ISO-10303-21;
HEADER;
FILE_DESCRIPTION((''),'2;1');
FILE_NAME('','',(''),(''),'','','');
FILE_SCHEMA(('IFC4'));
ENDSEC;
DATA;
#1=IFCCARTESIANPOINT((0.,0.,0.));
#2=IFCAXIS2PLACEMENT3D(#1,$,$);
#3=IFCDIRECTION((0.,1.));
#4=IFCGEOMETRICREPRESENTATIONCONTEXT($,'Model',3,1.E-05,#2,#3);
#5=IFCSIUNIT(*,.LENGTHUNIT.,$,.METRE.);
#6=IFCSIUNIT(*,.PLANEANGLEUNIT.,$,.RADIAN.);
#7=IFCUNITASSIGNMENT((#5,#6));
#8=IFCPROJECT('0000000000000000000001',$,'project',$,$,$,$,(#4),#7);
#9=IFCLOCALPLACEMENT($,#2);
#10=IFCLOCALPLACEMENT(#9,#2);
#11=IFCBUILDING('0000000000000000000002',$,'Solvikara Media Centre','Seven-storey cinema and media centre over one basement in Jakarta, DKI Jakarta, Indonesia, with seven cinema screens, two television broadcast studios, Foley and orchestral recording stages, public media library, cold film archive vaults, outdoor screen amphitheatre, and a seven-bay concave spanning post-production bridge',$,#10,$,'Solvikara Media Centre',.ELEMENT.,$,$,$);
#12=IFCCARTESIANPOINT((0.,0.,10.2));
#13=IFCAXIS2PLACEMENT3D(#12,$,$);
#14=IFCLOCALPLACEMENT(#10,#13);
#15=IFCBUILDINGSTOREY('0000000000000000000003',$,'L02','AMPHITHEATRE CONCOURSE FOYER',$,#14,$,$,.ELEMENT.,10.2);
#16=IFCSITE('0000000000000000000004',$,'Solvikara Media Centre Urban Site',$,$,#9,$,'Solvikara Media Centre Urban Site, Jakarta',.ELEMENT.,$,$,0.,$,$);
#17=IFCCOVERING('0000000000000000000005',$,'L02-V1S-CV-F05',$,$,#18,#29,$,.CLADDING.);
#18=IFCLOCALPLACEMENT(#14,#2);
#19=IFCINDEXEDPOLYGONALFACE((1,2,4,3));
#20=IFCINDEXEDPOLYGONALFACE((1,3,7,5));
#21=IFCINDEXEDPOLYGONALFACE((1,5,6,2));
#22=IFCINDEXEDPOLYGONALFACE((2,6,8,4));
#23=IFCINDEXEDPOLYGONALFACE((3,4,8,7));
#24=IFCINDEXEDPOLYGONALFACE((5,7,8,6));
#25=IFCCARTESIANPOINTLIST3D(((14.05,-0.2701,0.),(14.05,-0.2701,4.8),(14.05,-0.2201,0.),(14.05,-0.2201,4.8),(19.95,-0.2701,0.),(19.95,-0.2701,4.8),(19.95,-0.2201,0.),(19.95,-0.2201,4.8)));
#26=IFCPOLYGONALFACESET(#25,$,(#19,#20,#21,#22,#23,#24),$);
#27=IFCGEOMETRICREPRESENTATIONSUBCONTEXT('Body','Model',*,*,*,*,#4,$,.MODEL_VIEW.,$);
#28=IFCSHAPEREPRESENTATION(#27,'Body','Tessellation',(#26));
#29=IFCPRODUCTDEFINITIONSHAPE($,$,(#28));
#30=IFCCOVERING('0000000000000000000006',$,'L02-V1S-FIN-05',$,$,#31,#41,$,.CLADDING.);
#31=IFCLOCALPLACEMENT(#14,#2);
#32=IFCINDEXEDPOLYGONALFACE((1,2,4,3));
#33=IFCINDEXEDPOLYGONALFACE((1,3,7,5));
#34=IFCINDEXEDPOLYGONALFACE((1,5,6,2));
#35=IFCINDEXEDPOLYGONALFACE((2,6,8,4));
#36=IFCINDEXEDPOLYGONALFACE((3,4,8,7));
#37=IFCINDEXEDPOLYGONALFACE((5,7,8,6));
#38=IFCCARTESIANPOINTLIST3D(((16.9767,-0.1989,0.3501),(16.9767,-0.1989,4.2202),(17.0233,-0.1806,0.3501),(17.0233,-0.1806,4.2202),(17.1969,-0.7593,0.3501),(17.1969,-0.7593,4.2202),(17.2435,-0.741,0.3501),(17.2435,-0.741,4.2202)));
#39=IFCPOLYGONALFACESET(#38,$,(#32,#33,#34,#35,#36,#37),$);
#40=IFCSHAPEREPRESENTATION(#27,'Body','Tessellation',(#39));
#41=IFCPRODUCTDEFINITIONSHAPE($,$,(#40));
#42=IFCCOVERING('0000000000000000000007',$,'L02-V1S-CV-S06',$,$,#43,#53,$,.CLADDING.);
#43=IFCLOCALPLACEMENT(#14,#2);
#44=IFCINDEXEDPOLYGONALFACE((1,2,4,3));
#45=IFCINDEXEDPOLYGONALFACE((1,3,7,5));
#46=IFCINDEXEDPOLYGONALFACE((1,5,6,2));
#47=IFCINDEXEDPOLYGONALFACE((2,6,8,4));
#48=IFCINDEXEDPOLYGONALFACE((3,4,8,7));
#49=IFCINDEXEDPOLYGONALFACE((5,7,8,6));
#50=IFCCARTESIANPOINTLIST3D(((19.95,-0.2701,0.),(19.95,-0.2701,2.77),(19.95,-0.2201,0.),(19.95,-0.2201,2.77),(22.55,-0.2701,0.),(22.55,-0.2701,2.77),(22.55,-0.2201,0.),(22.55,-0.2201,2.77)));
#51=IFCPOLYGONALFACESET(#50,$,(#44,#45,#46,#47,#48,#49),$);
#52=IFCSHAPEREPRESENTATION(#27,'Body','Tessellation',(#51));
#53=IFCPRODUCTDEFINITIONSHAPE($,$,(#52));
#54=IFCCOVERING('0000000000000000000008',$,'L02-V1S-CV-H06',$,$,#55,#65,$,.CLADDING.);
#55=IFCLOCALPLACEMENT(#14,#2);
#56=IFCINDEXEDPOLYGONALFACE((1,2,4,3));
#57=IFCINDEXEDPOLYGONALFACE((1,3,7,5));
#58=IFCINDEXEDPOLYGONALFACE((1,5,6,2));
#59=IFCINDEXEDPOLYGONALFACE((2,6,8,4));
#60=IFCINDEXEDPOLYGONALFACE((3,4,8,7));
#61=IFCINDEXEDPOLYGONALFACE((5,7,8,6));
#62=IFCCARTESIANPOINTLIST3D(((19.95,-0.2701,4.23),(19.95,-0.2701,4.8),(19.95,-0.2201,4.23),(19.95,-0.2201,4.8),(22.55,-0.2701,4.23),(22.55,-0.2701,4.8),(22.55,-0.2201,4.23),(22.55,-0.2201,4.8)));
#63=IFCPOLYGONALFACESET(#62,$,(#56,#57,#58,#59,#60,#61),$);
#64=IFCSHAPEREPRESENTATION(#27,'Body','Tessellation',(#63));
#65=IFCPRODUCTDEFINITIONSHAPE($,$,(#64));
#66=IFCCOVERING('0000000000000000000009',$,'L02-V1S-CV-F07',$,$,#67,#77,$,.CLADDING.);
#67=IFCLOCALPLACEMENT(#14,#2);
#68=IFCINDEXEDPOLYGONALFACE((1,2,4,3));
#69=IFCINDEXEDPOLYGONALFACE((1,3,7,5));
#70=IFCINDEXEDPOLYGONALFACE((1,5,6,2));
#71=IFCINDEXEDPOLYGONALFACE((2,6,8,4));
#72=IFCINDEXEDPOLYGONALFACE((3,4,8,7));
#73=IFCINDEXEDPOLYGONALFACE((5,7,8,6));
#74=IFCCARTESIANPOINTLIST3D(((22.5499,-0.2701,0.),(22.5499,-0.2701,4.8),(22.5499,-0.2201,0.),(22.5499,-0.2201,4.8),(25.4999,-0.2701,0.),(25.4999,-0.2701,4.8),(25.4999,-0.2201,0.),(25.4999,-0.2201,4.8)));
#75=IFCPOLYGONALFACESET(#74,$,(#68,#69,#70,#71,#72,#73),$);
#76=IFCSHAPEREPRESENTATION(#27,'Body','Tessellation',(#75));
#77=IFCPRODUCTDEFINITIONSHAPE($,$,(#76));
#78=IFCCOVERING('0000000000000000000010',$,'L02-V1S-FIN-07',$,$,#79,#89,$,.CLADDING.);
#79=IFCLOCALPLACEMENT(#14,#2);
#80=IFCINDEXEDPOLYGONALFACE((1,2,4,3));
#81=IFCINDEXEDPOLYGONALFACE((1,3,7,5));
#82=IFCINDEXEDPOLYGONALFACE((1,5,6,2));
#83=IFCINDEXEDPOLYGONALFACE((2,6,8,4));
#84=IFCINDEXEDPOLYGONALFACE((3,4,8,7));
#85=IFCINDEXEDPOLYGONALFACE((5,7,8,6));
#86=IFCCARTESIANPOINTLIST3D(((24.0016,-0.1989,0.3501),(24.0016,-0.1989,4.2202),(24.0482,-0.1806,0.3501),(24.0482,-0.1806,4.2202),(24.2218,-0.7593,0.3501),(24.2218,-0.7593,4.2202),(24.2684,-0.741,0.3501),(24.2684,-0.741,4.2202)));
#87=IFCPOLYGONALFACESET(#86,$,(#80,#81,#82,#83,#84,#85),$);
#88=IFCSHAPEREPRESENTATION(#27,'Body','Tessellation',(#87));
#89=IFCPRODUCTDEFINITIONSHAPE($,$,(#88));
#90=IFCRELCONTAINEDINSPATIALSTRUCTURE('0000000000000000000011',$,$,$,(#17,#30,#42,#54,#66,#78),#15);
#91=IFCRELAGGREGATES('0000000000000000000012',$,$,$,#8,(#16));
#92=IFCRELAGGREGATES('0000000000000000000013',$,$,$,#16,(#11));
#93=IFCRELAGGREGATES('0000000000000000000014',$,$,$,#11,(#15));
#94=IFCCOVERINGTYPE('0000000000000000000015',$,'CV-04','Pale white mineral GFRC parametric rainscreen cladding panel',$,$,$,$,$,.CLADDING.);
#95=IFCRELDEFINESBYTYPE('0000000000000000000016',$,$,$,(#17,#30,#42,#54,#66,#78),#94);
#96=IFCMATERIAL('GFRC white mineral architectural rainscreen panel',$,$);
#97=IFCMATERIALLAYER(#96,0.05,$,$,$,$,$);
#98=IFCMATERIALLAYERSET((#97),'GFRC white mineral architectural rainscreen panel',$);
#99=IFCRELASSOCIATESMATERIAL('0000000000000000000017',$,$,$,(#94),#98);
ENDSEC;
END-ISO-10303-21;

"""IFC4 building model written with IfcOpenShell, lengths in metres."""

from ifc_helpers import new_model, si_unit, direction, frame, origin, origin_2d, place, context, subcontext, project, spatial, rectangle, extrude, material, layer, layer_set, type_object, element, save


model = new_model("IFC4")

# Units and contexts
model_context = context("Model", 3, precision=1e-05, world=origin(), true_north=direction((0.0, 1.0)))
body_context = subcontext(model_context, "Body", "Model", "MODEL_VIEW")
ifc_project = project(units=[si_unit("LENGTHUNIT", "METRE"), si_unit("PLANEANGLEUNIT", "RADIAN")], contexts=[model_context])

# Site, building, storey
site_placement = place(None, origin())
site = spatial("IfcSite", under=ifc_project, at=site_placement, Name="Solvikara Media Centre Urban Site", LongName="Solvikara Media Centre Urban Site, Jakarta", CompositionType="ELEMENT", RefElevation=0.0)
building_placement = place(site_placement, origin())
building = spatial("IfcBuilding", under=site, at=building_placement, Name="Solvikara Media Centre", Description="Seven-storey cinema and media centre over one basement in Jakarta, DKI Jakarta, Indonesia, with seven cinema screens, two television broadcast studios, Foley and orchestral recording stages, public media library, cold film archive vaults, outdoor screen amphitheatre, and a seven-bay concave spanning post-production bridge", LongName="Solvikara Media Centre", CompositionType="ELEMENT")
storey_placement = place(building_placement, frame((0.0, 0.0, 10.2)))
storey = spatial("IfcBuildingStorey", under=building, at=storey_placement, Name="L02", Description="AMPHITHEATRE CONCOURSE FOYER", CompositionType="ELEMENT", Elevation=10.2)

# Coverings
ifc_material_1 = material(Name="GFRC white mineral architectural rainscreen panel")
ifc_layer_1 = layer(ifc_material_1, 0.05)
ifc_layer_set_1 = layer_set([ifc_layer_1], Name="GFRC white mineral architectural rainscreen panel")
covering_type = type_object("IfcCoveringType", Name="CV-04", Description="Pale white mineral GFRC parametric rainscreen cladding panel", PredefinedType="CLADDING", material=ifc_layer_set_1)
covering_1_placement = place(storey_placement, frame((17.0, -0.2451, 0.0), z_axis=(0.0, 0.0, 1.0), x_axis=(1.0, 0.0, 0.0)))
element("IfcCovering", 1, at=covering_1_placement, inside=storey, type_object=covering_type, Name="L02-V1S-CV-F05", PredefinedType="CLADDING", context=body_context, shape_type="SweptSolid", body=[
    extrude(rectangle(XDim=5.8999, YDim=0.05, at=origin_2d()), origin(), (0.0, 0.0, 1.0), 4.8),
])
covering_2_placement = place(storey_placement, frame((17.1101, -0.47, 0.3501), z_axis=(0.0, 0.0, 1.0), x_axis=(0.365657, -0.93075, 0.0)))
element("IfcCovering", 2, at=covering_2_placement, inside=storey, type_object=covering_type, Name="L02-V1S-FIN-05", PredefinedType="CLADDING", context=body_context, shape_type="SweptSolid", body=[
    extrude(rectangle(XDim=0.6021, YDim=0.05, at=origin_2d()), origin(), (0.0, 0.0, 1.0), 3.8701),
])
covering_3_placement = place(storey_placement, frame((21.25, -0.2451, 0.0), z_axis=(0.0, 0.0, 1.0), x_axis=(1.0, 0.0, 0.0)))
element("IfcCovering", 3, at=covering_3_placement, inside=storey, type_object=covering_type, Name="L02-V1S-CV-S06", PredefinedType="CLADDING", context=body_context, shape_type="SweptSolid", body=[
    extrude(rectangle(XDim=2.6001, YDim=0.05, at=origin_2d()), origin(), (0.0, 0.0, 1.0), 2.77),
])
covering_4_placement = place(storey_placement, frame((21.25, -0.2451, 4.23), z_axis=(0.0, 0.0, 1.0), x_axis=(1.0, 0.0, 0.0)))
element("IfcCovering", 4, at=covering_4_placement, inside=storey, type_object=covering_type, Name="L02-V1S-CV-H06", PredefinedType="CLADDING", context=body_context, shape_type="SweptSolid", body=[
    extrude(rectangle(XDim=2.6001, YDim=0.05, at=origin_2d()), origin(), (0.0, 0.0, 1.0), 0.5701),
])
covering_5_placement = place(storey_placement, frame((24.0249, -0.2451, 0.0), z_axis=(0.0, 0.0, 1.0), x_axis=(1.0, 0.0, 0.0)))
element("IfcCovering", 5, at=covering_5_placement, inside=storey, type_object=covering_type, Name="L02-V1S-CV-F07", PredefinedType="CLADDING", context=body_context, shape_type="SweptSolid", body=[
    extrude(rectangle(XDim=2.95, YDim=0.05, at=origin_2d()), origin(), (0.0, 0.0, 1.0), 4.8),
])
covering_6_placement = place(storey_placement, frame((24.135, -0.47, 0.3501), z_axis=(0.0, 0.0, 1.0), x_axis=(0.365657, -0.93075, 0.0)))
element("IfcCovering", 6, at=covering_6_placement, inside=storey, type_object=covering_type, Name="L02-V1S-FIN-07", PredefinedType="CLADDING", context=body_context, shape_type="SweptSolid", body=[
    extrude(rectangle(XDim=0.6021, YDim=0.05, at=origin_2d()), origin(), (0.0, 0.0, 1.0), 3.8701),
])

save(model, "model.ifc")
